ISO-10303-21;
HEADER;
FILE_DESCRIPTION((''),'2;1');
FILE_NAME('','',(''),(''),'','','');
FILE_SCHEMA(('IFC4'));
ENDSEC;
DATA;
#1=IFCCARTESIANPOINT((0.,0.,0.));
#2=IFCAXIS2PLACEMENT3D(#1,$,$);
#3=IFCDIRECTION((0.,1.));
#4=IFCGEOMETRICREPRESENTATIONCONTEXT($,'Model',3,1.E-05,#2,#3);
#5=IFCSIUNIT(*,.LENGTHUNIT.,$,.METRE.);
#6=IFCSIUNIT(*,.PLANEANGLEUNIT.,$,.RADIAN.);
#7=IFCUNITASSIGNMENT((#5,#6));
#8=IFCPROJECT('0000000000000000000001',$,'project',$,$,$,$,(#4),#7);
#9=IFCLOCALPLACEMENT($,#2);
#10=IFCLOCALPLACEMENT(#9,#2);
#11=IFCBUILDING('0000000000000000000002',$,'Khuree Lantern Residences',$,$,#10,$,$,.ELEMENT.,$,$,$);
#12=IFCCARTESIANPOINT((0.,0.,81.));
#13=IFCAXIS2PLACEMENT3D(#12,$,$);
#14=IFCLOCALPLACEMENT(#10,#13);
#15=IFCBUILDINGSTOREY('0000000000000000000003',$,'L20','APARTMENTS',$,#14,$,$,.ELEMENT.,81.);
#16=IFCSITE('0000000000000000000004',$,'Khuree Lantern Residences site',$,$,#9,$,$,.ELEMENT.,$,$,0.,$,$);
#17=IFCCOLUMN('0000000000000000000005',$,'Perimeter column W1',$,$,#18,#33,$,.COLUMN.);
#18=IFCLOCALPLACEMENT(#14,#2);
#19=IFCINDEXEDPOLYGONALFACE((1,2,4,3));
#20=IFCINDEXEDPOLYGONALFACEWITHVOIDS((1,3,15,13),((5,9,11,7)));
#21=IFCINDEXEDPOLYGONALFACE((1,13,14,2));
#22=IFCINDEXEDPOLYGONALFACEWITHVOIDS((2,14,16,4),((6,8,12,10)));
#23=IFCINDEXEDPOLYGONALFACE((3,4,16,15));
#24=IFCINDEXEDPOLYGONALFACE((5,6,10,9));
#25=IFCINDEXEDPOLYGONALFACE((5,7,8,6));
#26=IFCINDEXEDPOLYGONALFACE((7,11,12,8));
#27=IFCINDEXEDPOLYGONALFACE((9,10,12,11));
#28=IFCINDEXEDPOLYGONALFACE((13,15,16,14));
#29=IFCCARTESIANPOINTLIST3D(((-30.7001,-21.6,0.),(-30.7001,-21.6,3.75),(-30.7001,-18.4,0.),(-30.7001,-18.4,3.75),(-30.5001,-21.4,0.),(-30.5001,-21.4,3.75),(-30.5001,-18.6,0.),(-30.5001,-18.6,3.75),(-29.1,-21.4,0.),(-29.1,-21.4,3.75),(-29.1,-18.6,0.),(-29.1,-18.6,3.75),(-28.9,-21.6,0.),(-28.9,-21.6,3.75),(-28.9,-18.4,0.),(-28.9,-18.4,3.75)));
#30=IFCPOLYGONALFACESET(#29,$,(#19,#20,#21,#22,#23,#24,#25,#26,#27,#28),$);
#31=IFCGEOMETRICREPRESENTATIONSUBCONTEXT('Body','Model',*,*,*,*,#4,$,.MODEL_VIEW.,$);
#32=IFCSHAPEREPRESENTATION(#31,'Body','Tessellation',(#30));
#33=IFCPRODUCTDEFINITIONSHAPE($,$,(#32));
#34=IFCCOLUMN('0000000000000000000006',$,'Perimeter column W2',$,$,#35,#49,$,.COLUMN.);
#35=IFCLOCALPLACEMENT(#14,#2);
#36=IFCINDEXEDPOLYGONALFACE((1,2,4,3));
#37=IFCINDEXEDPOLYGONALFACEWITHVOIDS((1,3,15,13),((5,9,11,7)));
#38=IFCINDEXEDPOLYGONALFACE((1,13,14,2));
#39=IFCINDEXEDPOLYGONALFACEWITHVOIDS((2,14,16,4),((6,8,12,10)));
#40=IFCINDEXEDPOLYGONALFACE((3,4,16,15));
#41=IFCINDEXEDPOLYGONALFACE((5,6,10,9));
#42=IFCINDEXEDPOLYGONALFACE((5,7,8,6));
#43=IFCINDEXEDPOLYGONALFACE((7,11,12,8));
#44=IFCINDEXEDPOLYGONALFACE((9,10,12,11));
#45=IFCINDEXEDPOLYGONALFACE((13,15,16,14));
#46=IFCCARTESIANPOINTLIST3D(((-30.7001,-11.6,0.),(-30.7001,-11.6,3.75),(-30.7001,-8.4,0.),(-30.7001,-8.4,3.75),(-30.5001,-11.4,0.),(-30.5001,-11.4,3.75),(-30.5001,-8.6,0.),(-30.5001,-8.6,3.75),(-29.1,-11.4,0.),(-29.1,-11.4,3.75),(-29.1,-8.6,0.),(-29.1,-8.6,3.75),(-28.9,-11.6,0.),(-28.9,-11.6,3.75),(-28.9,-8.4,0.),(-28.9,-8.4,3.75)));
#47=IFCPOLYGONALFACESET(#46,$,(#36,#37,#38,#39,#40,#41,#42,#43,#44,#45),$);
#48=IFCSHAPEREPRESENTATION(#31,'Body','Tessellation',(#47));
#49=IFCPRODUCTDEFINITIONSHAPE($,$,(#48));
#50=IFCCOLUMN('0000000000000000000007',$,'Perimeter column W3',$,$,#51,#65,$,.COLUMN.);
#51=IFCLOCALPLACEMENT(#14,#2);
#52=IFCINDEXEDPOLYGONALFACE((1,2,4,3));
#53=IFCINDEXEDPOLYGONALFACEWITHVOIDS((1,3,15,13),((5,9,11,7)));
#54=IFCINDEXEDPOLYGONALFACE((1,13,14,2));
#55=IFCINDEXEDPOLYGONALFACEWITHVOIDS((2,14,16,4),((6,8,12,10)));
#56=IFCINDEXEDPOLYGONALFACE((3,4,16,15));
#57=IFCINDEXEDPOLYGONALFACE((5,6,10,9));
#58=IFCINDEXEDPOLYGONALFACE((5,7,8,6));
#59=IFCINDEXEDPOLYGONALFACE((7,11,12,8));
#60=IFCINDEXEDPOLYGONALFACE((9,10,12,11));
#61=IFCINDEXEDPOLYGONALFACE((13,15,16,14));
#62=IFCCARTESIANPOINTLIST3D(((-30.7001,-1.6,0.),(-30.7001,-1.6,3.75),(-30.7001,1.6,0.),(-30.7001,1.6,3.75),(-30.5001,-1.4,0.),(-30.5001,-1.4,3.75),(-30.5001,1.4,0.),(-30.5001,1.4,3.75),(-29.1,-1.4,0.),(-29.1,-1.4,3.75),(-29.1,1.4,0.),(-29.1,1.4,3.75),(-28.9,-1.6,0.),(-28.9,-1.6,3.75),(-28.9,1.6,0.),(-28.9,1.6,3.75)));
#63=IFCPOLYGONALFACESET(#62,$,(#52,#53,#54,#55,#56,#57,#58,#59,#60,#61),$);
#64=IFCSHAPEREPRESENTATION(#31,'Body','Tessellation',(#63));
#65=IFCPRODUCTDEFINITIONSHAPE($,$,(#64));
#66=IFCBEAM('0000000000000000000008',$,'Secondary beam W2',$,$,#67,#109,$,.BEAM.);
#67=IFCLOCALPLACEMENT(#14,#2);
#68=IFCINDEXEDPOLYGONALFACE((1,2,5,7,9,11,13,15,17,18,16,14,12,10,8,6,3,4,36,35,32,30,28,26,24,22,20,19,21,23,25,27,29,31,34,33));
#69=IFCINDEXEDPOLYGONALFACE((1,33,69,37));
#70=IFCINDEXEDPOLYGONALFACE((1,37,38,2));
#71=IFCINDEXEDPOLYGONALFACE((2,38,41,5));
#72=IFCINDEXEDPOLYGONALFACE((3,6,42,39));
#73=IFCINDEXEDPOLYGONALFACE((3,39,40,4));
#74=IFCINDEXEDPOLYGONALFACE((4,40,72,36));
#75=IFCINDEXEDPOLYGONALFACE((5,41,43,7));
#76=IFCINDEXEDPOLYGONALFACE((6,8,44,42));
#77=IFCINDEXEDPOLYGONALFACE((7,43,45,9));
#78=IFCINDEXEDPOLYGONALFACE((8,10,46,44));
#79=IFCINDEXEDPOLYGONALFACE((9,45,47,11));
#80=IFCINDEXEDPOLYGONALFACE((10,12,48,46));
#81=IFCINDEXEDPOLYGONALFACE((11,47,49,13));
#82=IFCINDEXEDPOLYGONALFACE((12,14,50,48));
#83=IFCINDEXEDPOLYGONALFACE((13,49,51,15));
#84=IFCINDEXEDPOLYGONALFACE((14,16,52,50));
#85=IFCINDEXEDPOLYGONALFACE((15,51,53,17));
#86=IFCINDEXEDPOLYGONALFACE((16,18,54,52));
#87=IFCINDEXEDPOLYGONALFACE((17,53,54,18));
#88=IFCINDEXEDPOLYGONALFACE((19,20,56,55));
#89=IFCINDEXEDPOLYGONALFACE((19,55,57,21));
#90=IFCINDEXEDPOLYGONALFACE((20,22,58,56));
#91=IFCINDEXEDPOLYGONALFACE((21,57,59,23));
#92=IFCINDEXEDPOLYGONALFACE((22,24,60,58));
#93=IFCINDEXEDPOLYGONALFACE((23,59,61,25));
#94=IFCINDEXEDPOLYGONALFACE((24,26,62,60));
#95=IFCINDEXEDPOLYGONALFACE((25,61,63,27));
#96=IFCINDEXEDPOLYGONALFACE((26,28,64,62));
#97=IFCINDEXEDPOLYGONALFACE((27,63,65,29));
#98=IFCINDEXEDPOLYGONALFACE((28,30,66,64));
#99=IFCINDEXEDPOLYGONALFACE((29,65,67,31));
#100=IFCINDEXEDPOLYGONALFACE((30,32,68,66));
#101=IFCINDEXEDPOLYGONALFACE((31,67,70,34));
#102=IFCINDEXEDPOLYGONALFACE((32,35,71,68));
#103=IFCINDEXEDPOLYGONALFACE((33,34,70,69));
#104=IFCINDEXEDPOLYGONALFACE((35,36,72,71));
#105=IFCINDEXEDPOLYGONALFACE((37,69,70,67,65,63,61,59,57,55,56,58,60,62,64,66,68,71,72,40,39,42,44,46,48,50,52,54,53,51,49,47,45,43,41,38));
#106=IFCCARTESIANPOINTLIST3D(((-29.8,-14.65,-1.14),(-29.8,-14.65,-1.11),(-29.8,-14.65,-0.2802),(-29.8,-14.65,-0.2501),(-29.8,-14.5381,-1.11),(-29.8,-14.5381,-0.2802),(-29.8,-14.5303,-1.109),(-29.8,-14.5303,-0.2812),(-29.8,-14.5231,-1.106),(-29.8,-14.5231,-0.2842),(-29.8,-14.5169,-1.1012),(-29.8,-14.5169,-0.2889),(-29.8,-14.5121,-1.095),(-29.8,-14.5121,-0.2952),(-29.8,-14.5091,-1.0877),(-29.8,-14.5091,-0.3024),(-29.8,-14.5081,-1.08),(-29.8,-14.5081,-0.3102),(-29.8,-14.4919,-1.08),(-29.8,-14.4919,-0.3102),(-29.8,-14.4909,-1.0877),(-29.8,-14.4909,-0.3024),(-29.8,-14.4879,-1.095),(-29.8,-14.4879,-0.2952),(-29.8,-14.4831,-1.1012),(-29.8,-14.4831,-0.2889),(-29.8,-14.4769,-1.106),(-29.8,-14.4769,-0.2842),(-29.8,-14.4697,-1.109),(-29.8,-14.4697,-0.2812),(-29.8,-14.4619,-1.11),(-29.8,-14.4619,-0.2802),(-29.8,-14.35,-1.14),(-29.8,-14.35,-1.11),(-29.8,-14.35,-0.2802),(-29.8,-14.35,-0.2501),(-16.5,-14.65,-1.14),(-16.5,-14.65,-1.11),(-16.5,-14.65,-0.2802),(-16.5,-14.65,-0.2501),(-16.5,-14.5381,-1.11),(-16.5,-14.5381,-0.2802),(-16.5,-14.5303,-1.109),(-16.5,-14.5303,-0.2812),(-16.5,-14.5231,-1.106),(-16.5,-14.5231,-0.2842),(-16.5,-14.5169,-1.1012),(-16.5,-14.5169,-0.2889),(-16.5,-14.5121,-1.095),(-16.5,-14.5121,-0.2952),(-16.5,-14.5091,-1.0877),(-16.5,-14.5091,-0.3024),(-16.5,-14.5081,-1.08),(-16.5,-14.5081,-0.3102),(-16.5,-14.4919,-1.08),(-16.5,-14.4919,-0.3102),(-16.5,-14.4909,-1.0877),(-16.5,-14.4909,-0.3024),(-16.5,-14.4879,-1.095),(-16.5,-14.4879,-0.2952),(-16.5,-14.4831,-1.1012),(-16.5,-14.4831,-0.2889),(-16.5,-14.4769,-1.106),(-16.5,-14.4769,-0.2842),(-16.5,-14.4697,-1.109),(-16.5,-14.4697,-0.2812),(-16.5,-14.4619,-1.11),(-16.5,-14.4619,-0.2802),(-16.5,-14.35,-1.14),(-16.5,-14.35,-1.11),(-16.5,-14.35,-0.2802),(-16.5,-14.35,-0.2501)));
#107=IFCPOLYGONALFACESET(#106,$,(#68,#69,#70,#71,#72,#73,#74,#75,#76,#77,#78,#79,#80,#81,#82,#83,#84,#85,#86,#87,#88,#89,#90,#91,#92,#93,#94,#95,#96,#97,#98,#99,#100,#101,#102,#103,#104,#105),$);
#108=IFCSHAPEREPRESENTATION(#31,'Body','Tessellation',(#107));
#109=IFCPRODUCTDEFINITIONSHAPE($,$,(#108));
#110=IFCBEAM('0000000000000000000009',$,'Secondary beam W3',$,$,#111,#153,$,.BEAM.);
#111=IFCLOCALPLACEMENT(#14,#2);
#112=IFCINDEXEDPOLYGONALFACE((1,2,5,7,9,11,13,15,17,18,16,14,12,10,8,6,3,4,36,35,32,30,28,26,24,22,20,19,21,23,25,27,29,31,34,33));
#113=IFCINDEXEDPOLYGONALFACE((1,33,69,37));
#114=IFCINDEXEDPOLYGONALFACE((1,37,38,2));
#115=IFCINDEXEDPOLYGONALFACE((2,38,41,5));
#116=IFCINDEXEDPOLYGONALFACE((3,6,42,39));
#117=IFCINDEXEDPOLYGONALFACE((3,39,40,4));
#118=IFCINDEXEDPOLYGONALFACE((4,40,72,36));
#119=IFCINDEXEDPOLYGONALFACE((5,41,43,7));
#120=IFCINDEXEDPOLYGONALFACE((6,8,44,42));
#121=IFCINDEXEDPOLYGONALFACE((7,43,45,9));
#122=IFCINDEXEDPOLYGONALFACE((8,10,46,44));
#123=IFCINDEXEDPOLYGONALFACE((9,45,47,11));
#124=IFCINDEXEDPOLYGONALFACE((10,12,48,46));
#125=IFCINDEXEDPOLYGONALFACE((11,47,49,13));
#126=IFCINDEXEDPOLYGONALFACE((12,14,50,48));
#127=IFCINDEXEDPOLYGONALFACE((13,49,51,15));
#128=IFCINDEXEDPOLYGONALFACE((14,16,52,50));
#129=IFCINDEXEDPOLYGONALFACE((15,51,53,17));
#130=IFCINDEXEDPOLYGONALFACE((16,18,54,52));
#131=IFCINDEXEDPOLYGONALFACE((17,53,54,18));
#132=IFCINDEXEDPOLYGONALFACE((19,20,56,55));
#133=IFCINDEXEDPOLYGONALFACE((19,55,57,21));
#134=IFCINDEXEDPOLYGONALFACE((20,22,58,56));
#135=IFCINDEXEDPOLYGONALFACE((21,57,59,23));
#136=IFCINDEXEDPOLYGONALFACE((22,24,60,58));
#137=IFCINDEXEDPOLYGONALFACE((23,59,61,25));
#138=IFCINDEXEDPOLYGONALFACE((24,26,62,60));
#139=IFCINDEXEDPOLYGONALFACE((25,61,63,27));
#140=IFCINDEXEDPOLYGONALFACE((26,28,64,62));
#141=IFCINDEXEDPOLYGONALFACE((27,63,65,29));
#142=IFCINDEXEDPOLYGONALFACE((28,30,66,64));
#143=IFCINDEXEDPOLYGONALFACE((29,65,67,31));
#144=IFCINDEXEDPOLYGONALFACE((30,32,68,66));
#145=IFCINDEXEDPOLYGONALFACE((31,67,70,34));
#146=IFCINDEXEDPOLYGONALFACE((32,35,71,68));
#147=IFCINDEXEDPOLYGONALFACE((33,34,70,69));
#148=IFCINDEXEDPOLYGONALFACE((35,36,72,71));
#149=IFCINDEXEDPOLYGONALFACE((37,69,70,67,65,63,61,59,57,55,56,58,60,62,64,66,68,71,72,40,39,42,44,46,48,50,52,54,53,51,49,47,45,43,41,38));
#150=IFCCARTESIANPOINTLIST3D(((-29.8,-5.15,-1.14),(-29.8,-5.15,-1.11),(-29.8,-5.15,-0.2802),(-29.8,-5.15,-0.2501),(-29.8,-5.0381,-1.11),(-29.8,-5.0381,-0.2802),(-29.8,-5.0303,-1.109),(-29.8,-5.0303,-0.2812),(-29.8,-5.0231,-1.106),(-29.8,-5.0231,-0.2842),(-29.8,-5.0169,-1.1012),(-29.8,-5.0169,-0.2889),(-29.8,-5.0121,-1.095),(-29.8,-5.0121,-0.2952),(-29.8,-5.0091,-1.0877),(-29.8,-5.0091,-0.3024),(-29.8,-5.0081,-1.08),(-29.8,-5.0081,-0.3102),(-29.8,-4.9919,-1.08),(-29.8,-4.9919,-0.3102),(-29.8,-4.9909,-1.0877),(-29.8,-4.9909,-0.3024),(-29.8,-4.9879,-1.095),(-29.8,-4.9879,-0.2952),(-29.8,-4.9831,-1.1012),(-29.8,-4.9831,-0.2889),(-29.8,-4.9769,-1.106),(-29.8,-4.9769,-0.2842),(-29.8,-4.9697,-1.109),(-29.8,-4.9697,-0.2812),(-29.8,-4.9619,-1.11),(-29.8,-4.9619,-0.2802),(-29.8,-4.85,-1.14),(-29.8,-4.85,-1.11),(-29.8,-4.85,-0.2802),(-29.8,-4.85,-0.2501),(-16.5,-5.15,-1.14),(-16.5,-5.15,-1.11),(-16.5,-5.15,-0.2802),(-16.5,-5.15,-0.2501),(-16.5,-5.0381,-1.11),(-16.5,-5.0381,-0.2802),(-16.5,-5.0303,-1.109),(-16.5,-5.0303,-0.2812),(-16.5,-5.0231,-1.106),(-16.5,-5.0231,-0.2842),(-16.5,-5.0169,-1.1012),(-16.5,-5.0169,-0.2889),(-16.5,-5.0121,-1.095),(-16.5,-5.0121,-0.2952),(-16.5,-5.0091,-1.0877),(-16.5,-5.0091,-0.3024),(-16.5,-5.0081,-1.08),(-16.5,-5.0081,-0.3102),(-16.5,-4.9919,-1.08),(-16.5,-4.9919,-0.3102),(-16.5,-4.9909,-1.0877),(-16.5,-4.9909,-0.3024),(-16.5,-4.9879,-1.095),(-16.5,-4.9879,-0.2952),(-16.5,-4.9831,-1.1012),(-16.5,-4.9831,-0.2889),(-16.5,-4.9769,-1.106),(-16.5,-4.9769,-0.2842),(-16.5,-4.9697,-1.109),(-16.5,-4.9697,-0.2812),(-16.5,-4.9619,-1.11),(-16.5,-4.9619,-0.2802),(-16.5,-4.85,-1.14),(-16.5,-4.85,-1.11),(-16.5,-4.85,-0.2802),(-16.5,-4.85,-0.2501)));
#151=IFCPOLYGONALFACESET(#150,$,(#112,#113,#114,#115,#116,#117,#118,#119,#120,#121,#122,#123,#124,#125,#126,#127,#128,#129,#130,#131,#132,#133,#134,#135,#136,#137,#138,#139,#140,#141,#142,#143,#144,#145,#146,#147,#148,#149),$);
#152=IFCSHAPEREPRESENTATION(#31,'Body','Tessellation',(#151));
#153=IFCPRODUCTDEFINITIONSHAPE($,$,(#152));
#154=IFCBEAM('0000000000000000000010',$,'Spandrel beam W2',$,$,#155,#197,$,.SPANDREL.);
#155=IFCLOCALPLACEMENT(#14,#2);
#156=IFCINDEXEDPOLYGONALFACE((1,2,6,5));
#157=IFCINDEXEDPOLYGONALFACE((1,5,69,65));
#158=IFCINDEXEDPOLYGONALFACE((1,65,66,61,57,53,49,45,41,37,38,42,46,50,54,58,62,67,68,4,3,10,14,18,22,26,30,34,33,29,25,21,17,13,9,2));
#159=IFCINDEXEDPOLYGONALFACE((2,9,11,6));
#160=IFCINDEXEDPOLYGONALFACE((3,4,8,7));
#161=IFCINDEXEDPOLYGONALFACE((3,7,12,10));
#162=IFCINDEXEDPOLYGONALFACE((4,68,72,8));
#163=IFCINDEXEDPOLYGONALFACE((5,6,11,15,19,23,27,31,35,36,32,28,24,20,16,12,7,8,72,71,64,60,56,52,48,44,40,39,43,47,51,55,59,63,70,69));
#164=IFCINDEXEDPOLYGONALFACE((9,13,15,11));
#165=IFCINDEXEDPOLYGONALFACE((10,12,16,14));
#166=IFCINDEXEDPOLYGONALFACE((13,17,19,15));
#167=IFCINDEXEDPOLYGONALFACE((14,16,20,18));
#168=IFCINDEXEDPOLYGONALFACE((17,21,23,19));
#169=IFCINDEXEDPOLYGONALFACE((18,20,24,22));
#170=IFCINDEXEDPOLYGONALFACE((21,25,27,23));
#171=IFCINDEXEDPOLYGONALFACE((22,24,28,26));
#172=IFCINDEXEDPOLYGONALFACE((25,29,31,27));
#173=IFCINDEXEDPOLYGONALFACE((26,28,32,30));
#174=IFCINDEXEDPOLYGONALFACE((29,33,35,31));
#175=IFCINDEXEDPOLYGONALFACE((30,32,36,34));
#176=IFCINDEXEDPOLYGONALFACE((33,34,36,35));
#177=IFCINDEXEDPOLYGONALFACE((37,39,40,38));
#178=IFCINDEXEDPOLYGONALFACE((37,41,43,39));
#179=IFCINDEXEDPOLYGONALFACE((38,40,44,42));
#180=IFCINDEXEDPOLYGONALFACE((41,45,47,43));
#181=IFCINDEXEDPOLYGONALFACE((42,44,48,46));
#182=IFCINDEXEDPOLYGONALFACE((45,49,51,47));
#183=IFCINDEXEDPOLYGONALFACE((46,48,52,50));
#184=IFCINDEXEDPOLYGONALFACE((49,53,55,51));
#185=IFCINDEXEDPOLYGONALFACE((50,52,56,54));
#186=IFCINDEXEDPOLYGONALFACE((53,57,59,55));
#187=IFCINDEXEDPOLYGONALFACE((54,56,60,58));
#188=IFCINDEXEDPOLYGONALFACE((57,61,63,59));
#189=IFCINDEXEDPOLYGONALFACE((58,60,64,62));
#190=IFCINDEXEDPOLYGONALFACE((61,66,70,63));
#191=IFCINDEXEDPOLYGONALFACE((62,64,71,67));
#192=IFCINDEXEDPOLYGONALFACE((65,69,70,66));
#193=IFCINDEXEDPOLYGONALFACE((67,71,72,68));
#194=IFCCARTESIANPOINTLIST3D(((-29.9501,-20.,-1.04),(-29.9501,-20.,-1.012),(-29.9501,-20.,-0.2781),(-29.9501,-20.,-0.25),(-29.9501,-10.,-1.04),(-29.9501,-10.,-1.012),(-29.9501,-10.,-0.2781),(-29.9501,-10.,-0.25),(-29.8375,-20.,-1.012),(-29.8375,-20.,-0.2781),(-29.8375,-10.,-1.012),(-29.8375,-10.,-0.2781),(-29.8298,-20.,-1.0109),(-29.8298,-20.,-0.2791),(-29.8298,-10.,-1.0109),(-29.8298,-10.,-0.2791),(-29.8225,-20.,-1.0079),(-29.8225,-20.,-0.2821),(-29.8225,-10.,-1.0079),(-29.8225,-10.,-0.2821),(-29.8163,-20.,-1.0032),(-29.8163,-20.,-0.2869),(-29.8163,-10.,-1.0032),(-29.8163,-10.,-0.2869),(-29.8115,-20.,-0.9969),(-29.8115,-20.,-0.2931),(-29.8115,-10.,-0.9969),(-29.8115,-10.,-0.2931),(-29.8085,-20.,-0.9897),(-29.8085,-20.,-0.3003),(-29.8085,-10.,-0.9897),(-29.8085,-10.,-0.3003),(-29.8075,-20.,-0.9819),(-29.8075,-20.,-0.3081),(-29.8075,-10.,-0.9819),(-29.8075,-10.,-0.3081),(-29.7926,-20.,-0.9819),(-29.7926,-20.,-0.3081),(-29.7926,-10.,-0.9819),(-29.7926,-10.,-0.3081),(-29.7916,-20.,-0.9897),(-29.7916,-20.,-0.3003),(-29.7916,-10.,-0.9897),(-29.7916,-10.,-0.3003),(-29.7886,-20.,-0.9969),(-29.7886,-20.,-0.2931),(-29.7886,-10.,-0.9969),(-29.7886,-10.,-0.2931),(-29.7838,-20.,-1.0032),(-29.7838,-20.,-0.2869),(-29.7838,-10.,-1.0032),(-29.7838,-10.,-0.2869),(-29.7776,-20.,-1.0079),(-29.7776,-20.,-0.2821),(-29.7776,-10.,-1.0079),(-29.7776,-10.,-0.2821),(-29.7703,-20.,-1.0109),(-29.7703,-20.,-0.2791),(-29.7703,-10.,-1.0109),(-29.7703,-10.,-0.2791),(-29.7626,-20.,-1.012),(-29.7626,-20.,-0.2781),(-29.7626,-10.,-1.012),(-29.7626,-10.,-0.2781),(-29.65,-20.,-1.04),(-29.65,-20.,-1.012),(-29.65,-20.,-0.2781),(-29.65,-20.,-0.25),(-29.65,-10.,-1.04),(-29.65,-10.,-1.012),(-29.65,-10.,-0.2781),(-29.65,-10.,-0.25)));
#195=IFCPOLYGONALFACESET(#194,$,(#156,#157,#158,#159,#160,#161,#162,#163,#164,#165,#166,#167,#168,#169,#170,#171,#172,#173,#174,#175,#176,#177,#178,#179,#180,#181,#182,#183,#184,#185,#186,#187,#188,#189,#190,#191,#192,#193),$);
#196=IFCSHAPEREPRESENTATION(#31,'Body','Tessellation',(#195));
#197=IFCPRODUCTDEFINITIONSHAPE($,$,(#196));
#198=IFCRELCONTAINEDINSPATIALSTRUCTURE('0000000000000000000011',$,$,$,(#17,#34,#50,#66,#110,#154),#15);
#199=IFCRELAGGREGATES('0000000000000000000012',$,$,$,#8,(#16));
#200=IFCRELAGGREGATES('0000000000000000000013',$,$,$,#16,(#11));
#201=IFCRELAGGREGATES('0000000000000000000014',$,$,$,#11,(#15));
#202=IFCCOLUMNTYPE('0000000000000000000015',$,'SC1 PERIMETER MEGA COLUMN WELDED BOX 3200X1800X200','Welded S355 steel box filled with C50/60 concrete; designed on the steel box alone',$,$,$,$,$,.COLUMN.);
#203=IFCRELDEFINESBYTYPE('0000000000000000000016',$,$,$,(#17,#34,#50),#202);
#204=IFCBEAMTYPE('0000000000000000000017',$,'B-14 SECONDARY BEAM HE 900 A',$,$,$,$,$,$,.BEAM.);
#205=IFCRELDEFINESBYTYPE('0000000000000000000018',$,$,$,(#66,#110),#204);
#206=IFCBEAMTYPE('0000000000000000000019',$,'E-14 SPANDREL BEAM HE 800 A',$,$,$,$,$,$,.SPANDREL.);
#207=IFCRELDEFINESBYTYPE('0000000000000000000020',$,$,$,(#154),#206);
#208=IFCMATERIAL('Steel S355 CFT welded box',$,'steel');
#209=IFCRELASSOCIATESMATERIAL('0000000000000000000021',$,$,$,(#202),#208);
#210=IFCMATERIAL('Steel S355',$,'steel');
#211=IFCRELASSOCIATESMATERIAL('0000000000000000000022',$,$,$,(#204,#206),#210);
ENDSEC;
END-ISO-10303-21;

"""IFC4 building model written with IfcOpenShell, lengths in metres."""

from ifc_helpers import new_model, si_unit, direction, frame, origin, origin_2d, place, context, subcontext, project, spatial, hollow_rectangle, i_section, extrude, material, material_profile, profile_set, type_object, element, save


model = new_model("IFC4")

# Units and contexts
model_context = context("Model", 3, precision=1e-05, world=origin(), true_north=direction((0.0, 1.0)))
body_context = subcontext(model_context, "Body", "Model", "MODEL_VIEW")
ifc_project = project(units=[si_unit("LENGTHUNIT", "METRE"), si_unit("PLANEANGLEUNIT", "RADIAN")], contexts=[model_context])

# Site, building, storey
site_placement = place(None, origin())
site = spatial("IfcSite", under=ifc_project, at=site_placement, Name="Khuree Lantern Residences site", CompositionType="ELEMENT", RefElevation=0.0)
building_placement = place(site_placement, origin())
building = spatial("IfcBuilding", under=site, at=building_placement, Name="Khuree Lantern Residences", CompositionType="ELEMENT")
storey_placement = place(building_placement, frame((0.0, 0.0, 81.0)))
storey = spatial("IfcBuildingStorey", under=building, at=storey_placement, Name="L20", Description="APARTMENTS", CompositionType="ELEMENT", Elevation=81.0)

# Columns
ifc_material_1 = material(Name="Steel S355 CFT welded box", Category="steel")
ifc_material_profile_1 = material_profile(ifc_material_1, hollow_rectangle(XDim=3.2, YDim=1.8, WallThickness=0.2, at=origin_2d()), Name="WELDED BOX 3200X1800X200")
ifc_profile_set_1 = profile_set([ifc_material_profile_1], Name="Steel S355 CFT welded box")
column_type = type_object("IfcColumnType", Name="SC1 PERIMETER MEGA COLUMN WELDED BOX 3200X1800X200", Description="Welded S355 steel box filled with C50/60 concrete; designed on the steel box alone", PredefinedType="COLUMN", material=ifc_profile_set_1)
for number, where, z_axis, x_axis, name in (
    (1, (-29.8, -20.0, 0.0), (0.0, 0.0, 1.0), (0.0, 1.0, 0.0), "Perimeter column W1"),
    (2, (-29.8, -10.0, 0.0), (0.0, 0.0, 1.0), (0.0, 1.0, 0.0), "Perimeter column W2"),
    (3, (-29.8, 0.0, 0.0), (0.0, 0.0, 1.0), (0.0, 1.0, 0.0), "Perimeter column W3"),
):
    element("IfcColumn", number, at=place(storey_placement, frame(where, z_axis=z_axis, x_axis=x_axis)), inside=storey, type_object=column_type, Name=name, PredefinedType="COLUMN", context=body_context, shape_type="SweptSolid", body=[
        extrude(hollow_rectangle(XDim=3.2, YDim=1.8, WallThickness=0.2, at=origin_2d()), origin(), (0.0, 0.0, 1.0), 3.75),
    ])

# Beams
ifc_material_2 = material(Name="Steel S355", Category="steel")
ifc_material_profile_2 = material_profile(ifc_material_2, i_section(OverallWidth=0.3, OverallDepth=0.8899, WebThickness=0.0161, FlangeThickness=0.03, FilletRadius=0.03, at=origin_2d()), Name="HE 900 A")
ifc_profile_set_2 = profile_set([ifc_material_profile_2], Name="Steel S355")
beam_type_1 = type_object("IfcBeamType", Name="B-14 SECONDARY BEAM HE 900 A", PredefinedType="BEAM", material=ifc_profile_set_2)
for number, where, z_axis, x_axis, name in (
    (4, (-29.8, -14.5, -0.6951), (1.0, 0.0, 0.0), (0.0, 1.0, 0.0), "Secondary beam W2"),
    (5, (-29.8, -5.0, -0.6951), (1.0, 0.0, 0.0), (0.0, 1.0, 0.0), "Secondary beam W3"),
):
    element("IfcBeam", number, at=place(storey_placement, frame(where, z_axis=z_axis, x_axis=x_axis)), inside=storey, type_object=beam_type_1, Name=name, PredefinedType="BEAM", context=body_context, shape_type="SweptSolid", body=[
        extrude(i_section(OverallWidth=0.3, OverallDepth=0.8899, WebThickness=0.0161, FlangeThickness=0.03, FilletRadius=0.03, at=origin_2d()), origin(), (0.0, 0.0, 1.0), 13.3),
    ])
ifc_material_profile_3 = material_profile(ifc_material_2, i_section(OverallWidth=0.3, OverallDepth=0.79, WebThickness=0.0149, FlangeThickness=0.0281, FilletRadius=0.03, at=origin_2d()), Name="HE 800 A")
ifc_profile_set_3 = profile_set([ifc_material_profile_3], Name="Steel S355")
beam_type_2 = type_object("IfcBeamType", Name="E-14 SPANDREL BEAM HE 800 A", PredefinedType="SPANDREL", material=ifc_profile_set_3)
for number, where, z_axis, x_axis, name in (
    (6, (-29.8, -20.0, -0.645), (0.0, 1.0, 0.0), (-1.0, 0.0, 0.0), "Spandrel beam W2"),
):
    element("IfcBeam", number, at=place(storey_placement, frame(where, z_axis=z_axis, x_axis=x_axis)), inside=storey, type_object=beam_type_2, Name=name, PredefinedType="SPANDREL", context=body_context, shape_type="SweptSolid", body=[
        extrude(i_section(OverallWidth=0.3, OverallDepth=0.79, WebThickness=0.0149, FlangeThickness=0.0281, FilletRadius=0.03, at=origin_2d()), origin(), (0.0, 0.0, 1.0), 10.0),
    ])

save(model, "model.ifc")
